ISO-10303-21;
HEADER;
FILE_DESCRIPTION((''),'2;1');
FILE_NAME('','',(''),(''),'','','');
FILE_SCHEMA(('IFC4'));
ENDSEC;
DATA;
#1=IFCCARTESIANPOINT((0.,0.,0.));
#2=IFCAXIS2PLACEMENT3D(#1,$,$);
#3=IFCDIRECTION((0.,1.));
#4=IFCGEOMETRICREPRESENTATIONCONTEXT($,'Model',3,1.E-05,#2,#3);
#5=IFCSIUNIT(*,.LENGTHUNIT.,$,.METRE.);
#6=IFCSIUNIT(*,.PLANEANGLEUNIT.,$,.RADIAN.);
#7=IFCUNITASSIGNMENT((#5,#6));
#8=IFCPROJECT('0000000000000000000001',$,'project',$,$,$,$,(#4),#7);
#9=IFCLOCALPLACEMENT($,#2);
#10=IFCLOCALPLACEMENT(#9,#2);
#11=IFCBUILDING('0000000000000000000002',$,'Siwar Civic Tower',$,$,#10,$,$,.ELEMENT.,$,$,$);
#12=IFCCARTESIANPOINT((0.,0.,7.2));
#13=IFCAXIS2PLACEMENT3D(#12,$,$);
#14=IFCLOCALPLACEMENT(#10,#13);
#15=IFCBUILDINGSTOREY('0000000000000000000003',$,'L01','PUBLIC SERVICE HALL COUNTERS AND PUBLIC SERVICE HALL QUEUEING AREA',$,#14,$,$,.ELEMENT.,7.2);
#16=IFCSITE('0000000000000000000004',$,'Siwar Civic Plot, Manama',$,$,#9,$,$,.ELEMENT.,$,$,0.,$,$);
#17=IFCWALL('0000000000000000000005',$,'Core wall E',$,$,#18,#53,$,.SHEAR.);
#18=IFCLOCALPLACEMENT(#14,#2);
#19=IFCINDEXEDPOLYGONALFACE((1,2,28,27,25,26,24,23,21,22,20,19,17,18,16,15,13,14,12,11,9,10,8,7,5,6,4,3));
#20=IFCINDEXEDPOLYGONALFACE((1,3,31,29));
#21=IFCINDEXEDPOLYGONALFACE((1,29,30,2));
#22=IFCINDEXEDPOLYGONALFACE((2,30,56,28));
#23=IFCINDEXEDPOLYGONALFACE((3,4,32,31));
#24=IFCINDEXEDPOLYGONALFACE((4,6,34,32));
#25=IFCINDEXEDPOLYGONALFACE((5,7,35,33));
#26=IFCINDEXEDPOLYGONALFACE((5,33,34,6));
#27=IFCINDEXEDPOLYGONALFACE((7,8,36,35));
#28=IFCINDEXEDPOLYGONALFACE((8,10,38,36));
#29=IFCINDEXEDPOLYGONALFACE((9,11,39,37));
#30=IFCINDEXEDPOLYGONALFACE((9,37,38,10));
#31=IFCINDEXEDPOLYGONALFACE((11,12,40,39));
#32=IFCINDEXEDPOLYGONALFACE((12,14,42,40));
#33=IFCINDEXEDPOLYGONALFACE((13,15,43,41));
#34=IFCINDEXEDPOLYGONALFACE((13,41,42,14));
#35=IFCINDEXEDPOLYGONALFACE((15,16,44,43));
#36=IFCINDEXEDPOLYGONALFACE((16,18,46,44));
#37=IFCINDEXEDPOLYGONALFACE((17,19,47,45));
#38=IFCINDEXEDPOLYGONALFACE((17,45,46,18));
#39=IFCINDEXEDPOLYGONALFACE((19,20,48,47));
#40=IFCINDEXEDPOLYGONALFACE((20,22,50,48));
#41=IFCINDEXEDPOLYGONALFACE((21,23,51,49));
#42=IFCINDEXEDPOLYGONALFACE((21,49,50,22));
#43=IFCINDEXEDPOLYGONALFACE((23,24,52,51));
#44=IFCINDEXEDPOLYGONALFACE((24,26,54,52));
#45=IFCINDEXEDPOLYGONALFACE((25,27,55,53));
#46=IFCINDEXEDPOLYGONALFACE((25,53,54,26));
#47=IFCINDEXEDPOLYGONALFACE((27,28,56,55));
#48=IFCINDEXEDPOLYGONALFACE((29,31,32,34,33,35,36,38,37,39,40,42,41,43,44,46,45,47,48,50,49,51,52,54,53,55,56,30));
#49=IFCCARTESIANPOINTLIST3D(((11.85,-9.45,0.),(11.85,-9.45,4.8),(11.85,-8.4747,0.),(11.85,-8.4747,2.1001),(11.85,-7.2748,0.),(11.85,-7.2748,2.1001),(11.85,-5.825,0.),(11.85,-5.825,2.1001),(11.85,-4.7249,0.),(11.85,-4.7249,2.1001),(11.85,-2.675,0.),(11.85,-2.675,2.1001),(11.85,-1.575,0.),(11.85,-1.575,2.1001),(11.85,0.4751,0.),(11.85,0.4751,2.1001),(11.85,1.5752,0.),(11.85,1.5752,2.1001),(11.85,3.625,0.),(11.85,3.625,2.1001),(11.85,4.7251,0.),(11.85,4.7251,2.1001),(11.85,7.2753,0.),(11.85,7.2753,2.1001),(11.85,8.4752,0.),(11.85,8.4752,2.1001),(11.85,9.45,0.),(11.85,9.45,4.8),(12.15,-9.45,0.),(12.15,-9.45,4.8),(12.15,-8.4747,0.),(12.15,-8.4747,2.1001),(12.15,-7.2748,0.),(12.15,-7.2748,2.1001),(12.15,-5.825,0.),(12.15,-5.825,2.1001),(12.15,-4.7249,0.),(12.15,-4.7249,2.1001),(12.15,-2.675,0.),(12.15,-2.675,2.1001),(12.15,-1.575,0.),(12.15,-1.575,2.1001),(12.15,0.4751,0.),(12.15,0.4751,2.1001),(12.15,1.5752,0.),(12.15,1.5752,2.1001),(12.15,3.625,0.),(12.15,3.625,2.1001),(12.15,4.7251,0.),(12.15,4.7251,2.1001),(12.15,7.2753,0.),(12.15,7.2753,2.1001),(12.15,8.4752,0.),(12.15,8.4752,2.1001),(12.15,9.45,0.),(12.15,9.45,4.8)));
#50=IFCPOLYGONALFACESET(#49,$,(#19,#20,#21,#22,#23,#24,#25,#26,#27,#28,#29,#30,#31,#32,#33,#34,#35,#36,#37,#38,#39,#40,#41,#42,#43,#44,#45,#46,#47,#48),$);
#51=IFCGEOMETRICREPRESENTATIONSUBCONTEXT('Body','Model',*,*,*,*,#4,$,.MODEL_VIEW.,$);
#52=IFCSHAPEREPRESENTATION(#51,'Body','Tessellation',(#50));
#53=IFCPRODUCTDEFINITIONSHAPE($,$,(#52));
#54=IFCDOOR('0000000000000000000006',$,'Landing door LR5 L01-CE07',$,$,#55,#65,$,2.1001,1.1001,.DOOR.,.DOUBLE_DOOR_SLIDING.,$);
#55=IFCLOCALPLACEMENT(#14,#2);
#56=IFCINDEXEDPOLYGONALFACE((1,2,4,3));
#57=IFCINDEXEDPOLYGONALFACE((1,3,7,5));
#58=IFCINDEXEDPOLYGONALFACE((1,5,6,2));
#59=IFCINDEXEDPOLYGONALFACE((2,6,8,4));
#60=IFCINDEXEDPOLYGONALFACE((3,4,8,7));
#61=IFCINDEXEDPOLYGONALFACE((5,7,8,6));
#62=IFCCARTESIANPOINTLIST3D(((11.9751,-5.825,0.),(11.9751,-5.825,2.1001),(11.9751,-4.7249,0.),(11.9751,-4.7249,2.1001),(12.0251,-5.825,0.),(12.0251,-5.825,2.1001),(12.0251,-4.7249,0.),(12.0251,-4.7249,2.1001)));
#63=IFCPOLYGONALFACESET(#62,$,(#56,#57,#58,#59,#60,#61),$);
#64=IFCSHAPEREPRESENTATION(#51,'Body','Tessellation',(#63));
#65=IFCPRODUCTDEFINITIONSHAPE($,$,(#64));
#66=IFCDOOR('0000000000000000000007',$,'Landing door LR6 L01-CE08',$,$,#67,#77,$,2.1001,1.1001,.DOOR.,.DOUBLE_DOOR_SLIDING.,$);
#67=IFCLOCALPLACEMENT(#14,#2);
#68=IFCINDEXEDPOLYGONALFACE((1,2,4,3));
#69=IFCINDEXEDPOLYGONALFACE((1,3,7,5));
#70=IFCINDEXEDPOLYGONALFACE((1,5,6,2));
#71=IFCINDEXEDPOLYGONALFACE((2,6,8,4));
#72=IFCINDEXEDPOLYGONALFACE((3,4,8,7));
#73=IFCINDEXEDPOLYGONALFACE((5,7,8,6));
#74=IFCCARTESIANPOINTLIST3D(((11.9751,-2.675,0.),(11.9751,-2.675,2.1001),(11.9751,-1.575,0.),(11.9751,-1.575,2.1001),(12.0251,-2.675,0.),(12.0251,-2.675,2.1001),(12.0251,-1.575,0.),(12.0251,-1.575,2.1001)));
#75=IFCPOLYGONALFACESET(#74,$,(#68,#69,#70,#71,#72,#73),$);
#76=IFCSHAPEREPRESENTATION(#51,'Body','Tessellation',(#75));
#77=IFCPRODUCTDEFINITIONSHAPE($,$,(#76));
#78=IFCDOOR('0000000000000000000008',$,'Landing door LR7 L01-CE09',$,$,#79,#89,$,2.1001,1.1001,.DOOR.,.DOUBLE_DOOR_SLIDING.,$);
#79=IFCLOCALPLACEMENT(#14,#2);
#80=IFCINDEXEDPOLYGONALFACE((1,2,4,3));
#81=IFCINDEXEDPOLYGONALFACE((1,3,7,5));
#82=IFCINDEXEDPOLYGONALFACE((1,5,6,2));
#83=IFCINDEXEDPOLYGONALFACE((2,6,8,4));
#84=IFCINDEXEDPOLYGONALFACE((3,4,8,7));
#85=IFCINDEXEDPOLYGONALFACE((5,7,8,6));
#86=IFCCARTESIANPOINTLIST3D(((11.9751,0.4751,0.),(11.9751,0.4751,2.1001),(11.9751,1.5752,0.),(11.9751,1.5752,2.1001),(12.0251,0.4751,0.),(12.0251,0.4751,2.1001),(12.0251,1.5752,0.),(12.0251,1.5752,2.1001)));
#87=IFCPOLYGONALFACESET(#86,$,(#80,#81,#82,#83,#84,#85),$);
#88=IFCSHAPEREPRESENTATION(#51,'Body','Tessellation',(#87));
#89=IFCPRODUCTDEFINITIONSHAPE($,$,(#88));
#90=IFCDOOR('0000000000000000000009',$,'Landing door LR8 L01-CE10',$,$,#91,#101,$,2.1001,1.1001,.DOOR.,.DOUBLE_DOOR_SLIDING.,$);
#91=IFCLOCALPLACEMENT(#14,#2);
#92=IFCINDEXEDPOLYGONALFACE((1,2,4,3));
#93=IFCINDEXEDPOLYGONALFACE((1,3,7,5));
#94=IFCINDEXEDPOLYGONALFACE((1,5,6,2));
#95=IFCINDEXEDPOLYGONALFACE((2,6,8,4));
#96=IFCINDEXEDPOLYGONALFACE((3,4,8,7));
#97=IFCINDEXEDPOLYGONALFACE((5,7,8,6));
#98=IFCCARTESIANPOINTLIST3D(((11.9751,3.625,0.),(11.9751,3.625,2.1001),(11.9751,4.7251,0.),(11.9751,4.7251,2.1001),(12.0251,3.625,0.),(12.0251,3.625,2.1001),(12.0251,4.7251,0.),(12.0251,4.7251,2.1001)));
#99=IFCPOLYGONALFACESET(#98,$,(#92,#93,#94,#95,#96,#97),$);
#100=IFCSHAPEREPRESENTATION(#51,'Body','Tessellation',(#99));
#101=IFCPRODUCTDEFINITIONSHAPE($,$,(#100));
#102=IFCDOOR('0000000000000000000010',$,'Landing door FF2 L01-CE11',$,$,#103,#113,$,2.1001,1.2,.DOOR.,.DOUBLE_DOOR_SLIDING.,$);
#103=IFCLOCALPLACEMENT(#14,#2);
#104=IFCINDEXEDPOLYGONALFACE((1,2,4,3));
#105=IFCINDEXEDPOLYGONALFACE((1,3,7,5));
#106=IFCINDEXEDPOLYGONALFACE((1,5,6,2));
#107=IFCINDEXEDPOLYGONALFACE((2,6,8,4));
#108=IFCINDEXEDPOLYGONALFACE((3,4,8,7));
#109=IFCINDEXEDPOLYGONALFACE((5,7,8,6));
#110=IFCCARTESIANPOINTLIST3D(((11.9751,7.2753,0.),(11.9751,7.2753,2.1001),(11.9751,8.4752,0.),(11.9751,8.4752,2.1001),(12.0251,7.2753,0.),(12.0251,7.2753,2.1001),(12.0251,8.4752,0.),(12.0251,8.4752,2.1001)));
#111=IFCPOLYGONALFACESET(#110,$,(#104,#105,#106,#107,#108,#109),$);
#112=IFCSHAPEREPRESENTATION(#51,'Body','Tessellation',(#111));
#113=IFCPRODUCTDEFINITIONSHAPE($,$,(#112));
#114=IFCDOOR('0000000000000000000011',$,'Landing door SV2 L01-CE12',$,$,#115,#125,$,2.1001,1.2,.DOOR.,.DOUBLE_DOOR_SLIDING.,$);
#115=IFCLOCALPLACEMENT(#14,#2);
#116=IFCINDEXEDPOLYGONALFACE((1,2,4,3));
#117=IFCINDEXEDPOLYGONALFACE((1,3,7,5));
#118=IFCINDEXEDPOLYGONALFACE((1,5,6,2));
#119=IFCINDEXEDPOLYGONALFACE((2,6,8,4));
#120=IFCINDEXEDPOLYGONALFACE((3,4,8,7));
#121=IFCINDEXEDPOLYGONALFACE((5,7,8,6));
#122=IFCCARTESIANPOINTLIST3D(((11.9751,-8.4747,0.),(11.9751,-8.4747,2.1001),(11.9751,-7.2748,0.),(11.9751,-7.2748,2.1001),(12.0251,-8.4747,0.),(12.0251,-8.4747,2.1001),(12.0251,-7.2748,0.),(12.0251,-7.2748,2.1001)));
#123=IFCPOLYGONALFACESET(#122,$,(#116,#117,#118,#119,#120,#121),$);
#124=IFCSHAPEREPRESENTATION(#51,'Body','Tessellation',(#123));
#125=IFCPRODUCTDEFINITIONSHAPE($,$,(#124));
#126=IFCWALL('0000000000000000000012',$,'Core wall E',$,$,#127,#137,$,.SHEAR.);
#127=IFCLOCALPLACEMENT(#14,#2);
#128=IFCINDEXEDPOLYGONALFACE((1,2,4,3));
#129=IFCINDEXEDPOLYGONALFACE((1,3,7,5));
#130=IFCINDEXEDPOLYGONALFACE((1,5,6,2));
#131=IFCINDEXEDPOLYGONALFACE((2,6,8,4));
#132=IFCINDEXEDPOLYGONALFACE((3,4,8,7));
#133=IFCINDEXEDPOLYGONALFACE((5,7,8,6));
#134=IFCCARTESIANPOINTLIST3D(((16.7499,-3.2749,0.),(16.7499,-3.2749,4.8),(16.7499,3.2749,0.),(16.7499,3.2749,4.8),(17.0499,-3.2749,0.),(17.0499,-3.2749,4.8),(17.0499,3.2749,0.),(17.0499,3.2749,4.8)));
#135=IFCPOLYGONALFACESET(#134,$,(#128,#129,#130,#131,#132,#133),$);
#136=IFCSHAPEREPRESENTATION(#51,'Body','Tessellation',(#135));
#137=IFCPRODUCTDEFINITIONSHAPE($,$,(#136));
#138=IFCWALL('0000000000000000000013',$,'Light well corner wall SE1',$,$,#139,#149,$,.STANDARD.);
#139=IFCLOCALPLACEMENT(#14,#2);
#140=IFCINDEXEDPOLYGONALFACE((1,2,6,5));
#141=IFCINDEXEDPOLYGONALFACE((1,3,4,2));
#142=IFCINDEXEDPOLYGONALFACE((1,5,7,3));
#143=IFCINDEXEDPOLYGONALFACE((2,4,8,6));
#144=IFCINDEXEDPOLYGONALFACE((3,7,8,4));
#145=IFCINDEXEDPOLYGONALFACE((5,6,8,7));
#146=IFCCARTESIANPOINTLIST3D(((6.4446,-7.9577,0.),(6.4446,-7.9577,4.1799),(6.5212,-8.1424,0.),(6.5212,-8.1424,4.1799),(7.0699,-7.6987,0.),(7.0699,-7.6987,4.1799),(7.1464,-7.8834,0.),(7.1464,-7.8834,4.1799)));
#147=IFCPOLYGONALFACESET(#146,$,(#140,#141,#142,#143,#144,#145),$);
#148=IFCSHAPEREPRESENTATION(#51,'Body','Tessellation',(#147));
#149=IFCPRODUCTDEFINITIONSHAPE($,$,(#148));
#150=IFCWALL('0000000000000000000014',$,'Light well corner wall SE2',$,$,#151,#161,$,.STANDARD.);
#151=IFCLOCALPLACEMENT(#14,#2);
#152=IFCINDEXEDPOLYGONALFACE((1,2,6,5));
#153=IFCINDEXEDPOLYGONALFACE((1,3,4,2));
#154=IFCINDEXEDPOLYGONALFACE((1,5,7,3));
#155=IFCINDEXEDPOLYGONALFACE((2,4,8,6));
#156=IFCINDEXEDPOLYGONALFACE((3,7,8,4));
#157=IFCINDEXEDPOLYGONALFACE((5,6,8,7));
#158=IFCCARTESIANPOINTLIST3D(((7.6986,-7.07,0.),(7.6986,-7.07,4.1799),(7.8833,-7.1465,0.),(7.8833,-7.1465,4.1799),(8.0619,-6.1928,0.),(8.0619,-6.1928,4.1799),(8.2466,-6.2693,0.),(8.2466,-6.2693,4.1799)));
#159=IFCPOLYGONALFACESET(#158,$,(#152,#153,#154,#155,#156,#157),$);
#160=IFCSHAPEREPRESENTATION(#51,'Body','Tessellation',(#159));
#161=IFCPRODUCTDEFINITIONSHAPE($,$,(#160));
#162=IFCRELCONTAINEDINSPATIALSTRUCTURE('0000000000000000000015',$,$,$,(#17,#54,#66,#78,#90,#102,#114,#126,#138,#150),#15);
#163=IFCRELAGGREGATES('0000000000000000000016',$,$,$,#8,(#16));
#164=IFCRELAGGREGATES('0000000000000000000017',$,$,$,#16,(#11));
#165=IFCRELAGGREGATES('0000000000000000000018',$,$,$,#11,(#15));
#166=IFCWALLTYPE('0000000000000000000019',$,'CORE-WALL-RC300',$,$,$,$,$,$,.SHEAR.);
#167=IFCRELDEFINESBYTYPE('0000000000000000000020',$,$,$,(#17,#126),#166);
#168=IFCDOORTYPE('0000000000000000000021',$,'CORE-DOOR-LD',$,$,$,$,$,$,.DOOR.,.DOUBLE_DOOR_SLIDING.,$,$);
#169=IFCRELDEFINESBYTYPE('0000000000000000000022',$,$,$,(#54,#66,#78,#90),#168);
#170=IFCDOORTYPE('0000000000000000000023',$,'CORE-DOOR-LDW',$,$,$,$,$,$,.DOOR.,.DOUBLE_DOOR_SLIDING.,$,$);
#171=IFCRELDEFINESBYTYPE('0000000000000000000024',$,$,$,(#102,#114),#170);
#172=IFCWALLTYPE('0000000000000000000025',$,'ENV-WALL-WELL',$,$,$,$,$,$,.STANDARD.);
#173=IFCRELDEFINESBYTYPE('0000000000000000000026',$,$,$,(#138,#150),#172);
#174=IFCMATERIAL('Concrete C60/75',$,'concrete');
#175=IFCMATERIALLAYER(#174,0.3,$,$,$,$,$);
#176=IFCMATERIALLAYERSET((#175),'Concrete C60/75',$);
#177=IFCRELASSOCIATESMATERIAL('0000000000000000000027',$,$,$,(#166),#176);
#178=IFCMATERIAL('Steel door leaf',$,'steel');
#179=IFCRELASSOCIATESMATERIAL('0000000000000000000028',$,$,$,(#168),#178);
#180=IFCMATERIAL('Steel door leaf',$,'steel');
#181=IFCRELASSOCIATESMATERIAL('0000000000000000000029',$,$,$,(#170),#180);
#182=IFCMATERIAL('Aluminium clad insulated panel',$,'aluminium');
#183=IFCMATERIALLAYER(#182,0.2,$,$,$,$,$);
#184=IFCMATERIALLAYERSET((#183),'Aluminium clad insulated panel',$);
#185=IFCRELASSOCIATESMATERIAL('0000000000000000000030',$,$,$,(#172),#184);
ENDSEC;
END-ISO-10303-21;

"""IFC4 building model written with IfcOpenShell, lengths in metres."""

from ifc_helpers import new_model, si_unit, direction, frame, frame_2d, origin, place, context, subcontext, project, spatial, rectangle, extrude, material, layer, layer_set, type_object, element, fill, save


model = new_model("IFC4")

# Units and contexts
model_context = context("Model", 3, precision=1e-05, world=origin(), true_north=direction((0.0, 1.0)))
body_context = subcontext(model_context, "Body", "Model", "MODEL_VIEW")
ifc_project = project(units=[si_unit("LENGTHUNIT", "METRE"), si_unit("PLANEANGLEUNIT", "RADIAN")], contexts=[model_context])

# Site, building, storey
site_placement = place(None, origin())
site = spatial("IfcSite", under=ifc_project, at=site_placement, Name="Siwar Civic Plot, Manama", CompositionType="ELEMENT", RefElevation=0.0)
building_placement = place(site_placement, origin())
building = spatial("IfcBuilding", under=site, at=building_placement, Name="Siwar Civic Tower", CompositionType="ELEMENT")
storey_placement = place(building_placement, frame((0.0, 0.0, 7.2)))
storey = spatial("IfcBuildingStorey", under=building, at=storey_placement, Name="L01", Description="PUBLIC SERVICE HALL COUNTERS AND PUBLIC SERVICE HALL QUEUEING AREA", CompositionType="ELEMENT", Elevation=7.2)

# Wall, openings, doors
ifc_material_1 = material(Name="Concrete C60/75", Category="concrete")
ifc_layer_1 = layer(ifc_material_1, 0.3)
ifc_layer_set_1 = layer_set([ifc_layer_1], Name="Concrete C60/75")
wall_type_1 = type_object("IfcWallType", Name="CORE-WALL-RC300", PredefinedType="SHEAR", material=ifc_layer_set_1)
wall_1_placement = place(storey_placement, frame((12.0, -9.45, 0.0), z_axis=(0.0, 0.0, 1.0), x_axis=(0.0, 1.0, 0.0)))
wall_1 = element("IfcWall", 1, at=wall_1_placement, inside=storey, type_object=wall_type_1, Name="Core wall E", PredefinedType="SHEAR", context=body_context, shape_type="SweptSolid", body=[
    extrude(rectangle(XDim=18.8999, YDim=0.3, at=frame_2d((9.45, 0.0))), origin(), (0.0, 0.0, 1.0), 4.8),
])
opening_1_placement = place(wall_1_placement, frame((3.625, 0.0, 0.0)))
opening_1 = element("IfcOpeningElement", 2, at=opening_1_placement, cuts=wall_1, PredefinedType="OPENING", context=body_context, shape_type="SweptSolid", body=[
    extrude(rectangle(XDim=1.1001, YDim=2.1001, at=frame_2d((0.55, 1.05))), frame((0.0, 0.1602, 0.0), z_axis=(0.0, -1.0, 0.0), x_axis=(1.0, 0.0, 0.0)), (0.0, 0.0, 1.0), 0.3201),
])
opening_2_placement = place(wall_1_placement, frame((6.7749, 0.0, 0.0)))
opening_2 = element("IfcOpeningElement", 3, at=opening_2_placement, cuts=wall_1, PredefinedType="OPENING", context=body_context, shape_type="SweptSolid", body=[
    extrude(rectangle(XDim=1.1001, YDim=2.1001, at=frame_2d((0.55, 1.05))), frame((0.0, 0.1602, 0.0), z_axis=(0.0, -1.0, 0.0), x_axis=(1.0, 0.0, 0.0)), (0.0, 0.0, 1.0), 0.3201),
])
opening_3_placement = place(wall_1_placement, frame((9.925, 0.0, 0.0)))
opening_3 = element("IfcOpeningElement", 4, at=opening_3_placement, cuts=wall_1, PredefinedType="OPENING", context=body_context, shape_type="SweptSolid", body=[
    extrude(rectangle(XDim=1.1001, YDim=2.1001, at=frame_2d((0.55, 1.05))), frame((0.0, 0.1602, 0.0), z_axis=(0.0, -1.0, 0.0), x_axis=(1.0, 0.0, 0.0)), (0.0, 0.0, 1.0), 0.3201),
])
opening_4_placement = place(wall_1_placement, frame((13.075, 0.0, 0.0)))
opening_4 = element("IfcOpeningElement", 5, at=opening_4_placement, cuts=wall_1, PredefinedType="OPENING", context=body_context, shape_type="SweptSolid", body=[
    extrude(rectangle(XDim=1.1001, YDim=2.1001, at=frame_2d((0.55, 1.05))), frame((0.0, 0.1602, 0.0), z_axis=(0.0, -1.0, 0.0), x_axis=(1.0, 0.0, 0.0)), (0.0, 0.0, 1.0), 0.3201),
])
opening_5_placement = place(wall_1_placement, frame((16.7251, 0.0, 0.0)))
opening_5 = element("IfcOpeningElement", 6, at=opening_5_placement, cuts=wall_1, PredefinedType="OPENING", context=body_context, shape_type="SweptSolid", body=[
    extrude(rectangle(XDim=1.2, YDim=2.1001, at=frame_2d((0.6001, 1.05))), frame((0.0, 0.1602, 0.0), z_axis=(0.0, -1.0, 0.0), x_axis=(1.0, 0.0, 0.0)), (0.0, 0.0, 1.0), 0.3201),
])
opening_6_placement = place(wall_1_placement, frame((0.9751, 0.0, 0.0)))
opening_6 = element("IfcOpeningElement", 7, at=opening_6_placement, cuts=wall_1, PredefinedType="OPENING", context=body_context, shape_type="SweptSolid", body=[
    extrude(rectangle(XDim=1.2, YDim=2.1001, at=frame_2d((0.6001, 1.05))), frame((0.0, 0.1602, 0.0), z_axis=(0.0, -1.0, 0.0), x_axis=(1.0, 0.0, 0.0)), (0.0, 0.0, 1.0), 0.3201),
])
ifc_material_2 = material(Name="Steel door leaf", Category="steel")
door_type_1 = type_object("IfcDoorType", Name="CORE-DOOR-LD", OperationType="DOUBLE_DOOR_SLIDING", PredefinedType="DOOR", material=ifc_material_2)
door_1_placement = place(opening_1_placement, origin())
door_1 = element("IfcDoor", 8, at=door_1_placement, inside=storey, type_object=door_type_1, Name="Landing door LR5 L01-CE07", OperationType="DOUBLE_DOOR_SLIDING", OverallHeight=2.1001, OverallWidth=1.1001, PredefinedType="DOOR", context=body_context, shape_type="SweptSolid", body=[
    extrude(rectangle(XDim=1.1001, YDim=2.1001, at=frame_2d((0.55, 1.05))), frame((0.0, 0.0249, 0.0), z_axis=(0.0, -1.0, 0.0), x_axis=(1.0, 0.0, 0.0)), (0.0, 0.0, 1.0), 0.05),
])
fill(opening_1, door_1)
door_2_placement = place(opening_2_placement, origin())
door_2 = element("IfcDoor", 9, at=door_2_placement, inside=storey, type_object=door_type_1, Name="Landing door LR6 L01-CE08", OperationType="DOUBLE_DOOR_SLIDING", OverallHeight=2.1001, OverallWidth=1.1001, PredefinedType="DOOR", context=body_context, shape_type="SweptSolid", body=[
    extrude(rectangle(XDim=1.1001, YDim=2.1001, at=frame_2d((0.55, 1.05))), frame((0.0, 0.0249, 0.0), z_axis=(0.0, -1.0, 0.0), x_axis=(1.0, 0.0, 0.0)), (0.0, 0.0, 1.0), 0.05),
])
fill(opening_2, door_2)
door_3_placement = place(opening_3_placement, origin())
door_3 = element("IfcDoor", 10, at=door_3_placement, inside=storey, type_object=door_type_1, Name="Landing door LR7 L01-CE09", OperationType="DOUBLE_DOOR_SLIDING", OverallHeight=2.1001, OverallWidth=1.1001, PredefinedType="DOOR", context=body_context, shape_type="SweptSolid", body=[
    extrude(rectangle(XDim=1.1001, YDim=2.1001, at=frame_2d((0.55, 1.05))), frame((0.0, 0.0249, 0.0), z_axis=(0.0, -1.0, 0.0), x_axis=(1.0, 0.0, 0.0)), (0.0, 0.0, 1.0), 0.05),
])
fill(opening_3, door_3)
door_4_placement = place(opening_4_placement, origin())
door_4 = element("IfcDoor", 11, at=door_4_placement, inside=storey, type_object=door_type_1, Name="Landing door LR8 L01-CE10", OperationType="DOUBLE_DOOR_SLIDING", OverallHeight=2.1001, OverallWidth=1.1001, PredefinedType="DOOR", context=body_context, shape_type="SweptSolid", body=[
    extrude(rectangle(XDim=1.1001, YDim=2.1001, at=frame_2d((0.55, 1.05))), frame((0.0, 0.0249, 0.0), z_axis=(0.0, -1.0, 0.0), x_axis=(1.0, 0.0, 0.0)), (0.0, 0.0, 1.0), 0.05),
])
fill(opening_4, door_4)
ifc_material_3 = material(Name="Steel door leaf", Category="steel")
door_type_2 = type_object("IfcDoorType", Name="CORE-DOOR-LDW", OperationType="DOUBLE_DOOR_SLIDING", PredefinedType="DOOR", material=ifc_material_3)
door_5_placement = place(opening_5_placement, origin())
door_5 = element("IfcDoor", 12, at=door_5_placement, inside=storey, type_object=door_type_2, Name="Landing door FF2 L01-CE11", OperationType="DOUBLE_DOOR_SLIDING", OverallHeight=2.1001, OverallWidth=1.2, PredefinedType="DOOR", context=body_context, shape_type="SweptSolid", body=[
    extrude(rectangle(XDim=1.2, YDim=2.1001, at=frame_2d((0.6001, 1.05))), frame((0.0, 0.0249, 0.0), z_axis=(0.0, -1.0, 0.0), x_axis=(1.0, 0.0, 0.0)), (0.0, 0.0, 1.0), 0.05),
])
fill(opening_5, door_5)
door_6_placement = place(opening_6_placement, origin())
door_6 = element("IfcDoor", 13, at=door_6_placement, inside=storey, type_object=door_type_2, Name="Landing door SV2 L01-CE12", OperationType="DOUBLE_DOOR_SLIDING", OverallHeight=2.1001, OverallWidth=1.2, PredefinedType="DOOR", context=body_context, shape_type="SweptSolid", body=[
    extrude(rectangle(XDim=1.2, YDim=2.1001, at=frame_2d((0.6001, 1.05))), frame((0.0, 0.0249, 0.0), z_axis=(0.0, -1.0, 0.0), x_axis=(1.0, 0.0, 0.0)), (0.0, 0.0, 1.0), 0.05),
])
fill(opening_6, door_6)

# Walls
wall_2_placement = place(storey_placement, frame((16.8999, -3.2749, 0.0), z_axis=(0.0, 0.0, 1.0), x_axis=(0.0, 1.0, 0.0)))
element("IfcWall", 14, at=wall_2_placement, inside=storey, type_object=wall_type_1, Name="Core wall E", PredefinedType="SHEAR", context=body_context, shape_type="SweptSolid", body=[
    extrude(rectangle(XDim=6.5498, YDim=0.3, at=frame_2d((3.2749, 0.0))), origin(), (0.0, 0.0, 1.0), 4.8),
])
ifc_material_4 = material(Name="Aluminium clad insulated panel", Category="aluminium")
ifc_layer_2 = layer(ifc_material_4, 0.2)
ifc_layer_set_2 = layer_set([ifc_layer_2], Name="Aluminium clad insulated panel")
wall_type_2 = type_object("IfcWallType", Name="ENV-WALL-WELL", PredefinedType="STANDARD", material=ifc_layer_set_2)
wall_3_placement = place(storey_placement, frame((6.4829, -8.05, 0.0), z_axis=(0.0, 0.0, 1.0), x_axis=(0.923854, 0.382745, 0.0)))
element("IfcWall", 15, at=wall_3_placement, inside=storey, type_object=wall_type_2, Name="Light well corner wall SE1", PredefinedType="STANDARD", context=body_context, shape_type="SweptSolid", body=[
    extrude(rectangle(XDim=0.6768, YDim=0.2, at=frame_2d((0.3384, 0.0))), origin(), (0.0, 0.0, 1.0), 4.1799),
])
wall_4_placement = place(storey_placement, frame((7.791, -7.1082, 0.0), z_axis=(0.0, 0.0, 1.0), x_axis=(0.382624, 0.923904, 0.0)))
element("IfcWall", 16, at=wall_4_placement, inside=storey, type_object=wall_type_2, Name="Light well corner wall SE2", PredefinedType="STANDARD", context=body_context, shape_type="SweptSolid", body=[
    extrude(rectangle(XDim=0.9495, YDim=0.2, at=frame_2d((0.4746, 0.0))), origin(), (0.0, 0.0, 1.0), 4.1799),
])

save(model, "model.ifc")
